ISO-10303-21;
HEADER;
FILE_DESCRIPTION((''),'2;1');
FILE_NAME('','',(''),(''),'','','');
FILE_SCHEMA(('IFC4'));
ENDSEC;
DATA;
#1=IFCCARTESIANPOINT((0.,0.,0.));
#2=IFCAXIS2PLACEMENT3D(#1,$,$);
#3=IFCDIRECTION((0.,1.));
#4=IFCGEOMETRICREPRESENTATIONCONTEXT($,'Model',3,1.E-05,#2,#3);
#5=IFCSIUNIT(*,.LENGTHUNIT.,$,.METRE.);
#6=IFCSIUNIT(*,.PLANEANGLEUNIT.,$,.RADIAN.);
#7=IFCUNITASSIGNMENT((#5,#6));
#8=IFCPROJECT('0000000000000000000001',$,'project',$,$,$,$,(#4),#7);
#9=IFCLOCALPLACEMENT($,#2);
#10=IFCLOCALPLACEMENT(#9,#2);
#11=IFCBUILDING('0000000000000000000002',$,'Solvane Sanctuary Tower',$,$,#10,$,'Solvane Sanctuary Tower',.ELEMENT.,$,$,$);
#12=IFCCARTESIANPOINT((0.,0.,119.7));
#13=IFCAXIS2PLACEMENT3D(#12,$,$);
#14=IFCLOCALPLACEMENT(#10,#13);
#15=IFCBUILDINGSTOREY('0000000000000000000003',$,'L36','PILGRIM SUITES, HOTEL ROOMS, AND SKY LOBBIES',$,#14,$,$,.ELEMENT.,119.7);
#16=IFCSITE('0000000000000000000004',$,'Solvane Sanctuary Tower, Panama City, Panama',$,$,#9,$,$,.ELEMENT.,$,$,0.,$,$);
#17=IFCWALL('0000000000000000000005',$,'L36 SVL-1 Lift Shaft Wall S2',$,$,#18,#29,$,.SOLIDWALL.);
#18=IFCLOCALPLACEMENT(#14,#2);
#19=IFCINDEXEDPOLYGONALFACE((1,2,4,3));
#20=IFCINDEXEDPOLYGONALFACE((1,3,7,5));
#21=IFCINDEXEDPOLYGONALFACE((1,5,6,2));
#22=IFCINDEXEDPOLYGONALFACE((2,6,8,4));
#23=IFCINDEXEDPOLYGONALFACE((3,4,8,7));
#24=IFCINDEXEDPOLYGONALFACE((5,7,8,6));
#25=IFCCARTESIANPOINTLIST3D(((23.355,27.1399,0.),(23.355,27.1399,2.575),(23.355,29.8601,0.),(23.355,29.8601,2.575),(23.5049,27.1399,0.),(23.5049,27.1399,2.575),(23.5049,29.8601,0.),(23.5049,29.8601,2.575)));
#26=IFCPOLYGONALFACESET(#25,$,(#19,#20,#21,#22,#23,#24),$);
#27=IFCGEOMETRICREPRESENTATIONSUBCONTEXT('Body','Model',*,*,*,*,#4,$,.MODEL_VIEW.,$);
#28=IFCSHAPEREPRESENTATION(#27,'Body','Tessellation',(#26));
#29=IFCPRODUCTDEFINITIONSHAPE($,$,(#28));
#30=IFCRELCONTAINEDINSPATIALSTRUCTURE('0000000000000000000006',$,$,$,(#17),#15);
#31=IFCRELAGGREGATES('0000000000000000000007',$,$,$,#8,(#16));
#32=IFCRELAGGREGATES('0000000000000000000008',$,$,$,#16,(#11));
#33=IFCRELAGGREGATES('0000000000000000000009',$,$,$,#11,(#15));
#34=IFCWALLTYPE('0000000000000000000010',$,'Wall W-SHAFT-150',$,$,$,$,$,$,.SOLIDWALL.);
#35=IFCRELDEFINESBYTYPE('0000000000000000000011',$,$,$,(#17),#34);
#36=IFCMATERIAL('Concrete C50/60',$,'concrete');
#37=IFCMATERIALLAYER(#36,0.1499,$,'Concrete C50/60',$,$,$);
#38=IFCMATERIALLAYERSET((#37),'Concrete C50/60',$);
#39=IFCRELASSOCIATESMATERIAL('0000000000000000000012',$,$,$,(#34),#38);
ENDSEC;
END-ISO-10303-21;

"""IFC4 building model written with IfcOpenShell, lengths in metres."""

from ifc_helpers import new_model, si_unit, direction, frame, frame_2d, origin, place, context, subcontext, project, spatial, rectangle, extrude, material, layer, layer_set, type_object, element, save


model = new_model("IFC4")

# Units and contexts
model_context = context("Model", 3, precision=1e-05, world=origin(), true_north=direction((0.0, 1.0)))
body_context = subcontext(model_context, "Body", "Model", "MODEL_VIEW")
ifc_project = project(units=[si_unit("LENGTHUNIT", "METRE"), si_unit("PLANEANGLEUNIT", "RADIAN")], contexts=[model_context])

# Site, building, storey
site_placement = place(None, origin())
site = spatial("IfcSite", under=ifc_project, at=site_placement, Name="Solvane Sanctuary Tower, Panama City, Panama", CompositionType="ELEMENT", RefElevation=0.0)
building_placement = place(site_placement, origin())
building = spatial("IfcBuilding", under=site, at=building_placement, Name="Solvane Sanctuary Tower", LongName="Solvane Sanctuary Tower", CompositionType="ELEMENT")
storey_placement = place(building_placement, frame((0.0, 0.0, 119.7)))
storey = spatial("IfcBuildingStorey", under=building, at=storey_placement, Name="L36", Description="PILGRIM SUITES, HOTEL ROOMS, AND SKY LOBBIES", CompositionType="ELEMENT", Elevation=119.7)

# Shared definitions
ifc_material_1 = material(Name="Concrete C50/60", Category="concrete")
ifc_layer_1 = layer(ifc_material_1, 0.1499, Name="Concrete C50/60")
ifc_layer_set_1 = layer_set([ifc_layer_1], Name="Concrete C50/60")
wall_type_1 = type_object("IfcWallType", Name="Wall W-SHAFT-150", PredefinedType="SOLIDWALL", material=ifc_layer_set_1)

# Wall
wall_1_placement = place(storey_placement, frame((23.4299, 27.1399, 0.0), z_axis=(0.0, 0.0, 1.0), x_axis=(0.0, 1.0, 0.0)))
element("IfcWall", 1, at=wall_1_placement, inside=storey, type_object=wall_type_1, Name="L36 SVL-1 Lift Shaft Wall S2", PredefinedType="SOLIDWALL", context=body_context, shape_type="SweptSolid", body=[
    extrude(rectangle(XDim=2.7202, YDim=0.1499, at=frame_2d((1.3601, 0.0))), origin(), (0.0, 0.0, 1.0), 2.575),
])

save(model, "model.ifc")
